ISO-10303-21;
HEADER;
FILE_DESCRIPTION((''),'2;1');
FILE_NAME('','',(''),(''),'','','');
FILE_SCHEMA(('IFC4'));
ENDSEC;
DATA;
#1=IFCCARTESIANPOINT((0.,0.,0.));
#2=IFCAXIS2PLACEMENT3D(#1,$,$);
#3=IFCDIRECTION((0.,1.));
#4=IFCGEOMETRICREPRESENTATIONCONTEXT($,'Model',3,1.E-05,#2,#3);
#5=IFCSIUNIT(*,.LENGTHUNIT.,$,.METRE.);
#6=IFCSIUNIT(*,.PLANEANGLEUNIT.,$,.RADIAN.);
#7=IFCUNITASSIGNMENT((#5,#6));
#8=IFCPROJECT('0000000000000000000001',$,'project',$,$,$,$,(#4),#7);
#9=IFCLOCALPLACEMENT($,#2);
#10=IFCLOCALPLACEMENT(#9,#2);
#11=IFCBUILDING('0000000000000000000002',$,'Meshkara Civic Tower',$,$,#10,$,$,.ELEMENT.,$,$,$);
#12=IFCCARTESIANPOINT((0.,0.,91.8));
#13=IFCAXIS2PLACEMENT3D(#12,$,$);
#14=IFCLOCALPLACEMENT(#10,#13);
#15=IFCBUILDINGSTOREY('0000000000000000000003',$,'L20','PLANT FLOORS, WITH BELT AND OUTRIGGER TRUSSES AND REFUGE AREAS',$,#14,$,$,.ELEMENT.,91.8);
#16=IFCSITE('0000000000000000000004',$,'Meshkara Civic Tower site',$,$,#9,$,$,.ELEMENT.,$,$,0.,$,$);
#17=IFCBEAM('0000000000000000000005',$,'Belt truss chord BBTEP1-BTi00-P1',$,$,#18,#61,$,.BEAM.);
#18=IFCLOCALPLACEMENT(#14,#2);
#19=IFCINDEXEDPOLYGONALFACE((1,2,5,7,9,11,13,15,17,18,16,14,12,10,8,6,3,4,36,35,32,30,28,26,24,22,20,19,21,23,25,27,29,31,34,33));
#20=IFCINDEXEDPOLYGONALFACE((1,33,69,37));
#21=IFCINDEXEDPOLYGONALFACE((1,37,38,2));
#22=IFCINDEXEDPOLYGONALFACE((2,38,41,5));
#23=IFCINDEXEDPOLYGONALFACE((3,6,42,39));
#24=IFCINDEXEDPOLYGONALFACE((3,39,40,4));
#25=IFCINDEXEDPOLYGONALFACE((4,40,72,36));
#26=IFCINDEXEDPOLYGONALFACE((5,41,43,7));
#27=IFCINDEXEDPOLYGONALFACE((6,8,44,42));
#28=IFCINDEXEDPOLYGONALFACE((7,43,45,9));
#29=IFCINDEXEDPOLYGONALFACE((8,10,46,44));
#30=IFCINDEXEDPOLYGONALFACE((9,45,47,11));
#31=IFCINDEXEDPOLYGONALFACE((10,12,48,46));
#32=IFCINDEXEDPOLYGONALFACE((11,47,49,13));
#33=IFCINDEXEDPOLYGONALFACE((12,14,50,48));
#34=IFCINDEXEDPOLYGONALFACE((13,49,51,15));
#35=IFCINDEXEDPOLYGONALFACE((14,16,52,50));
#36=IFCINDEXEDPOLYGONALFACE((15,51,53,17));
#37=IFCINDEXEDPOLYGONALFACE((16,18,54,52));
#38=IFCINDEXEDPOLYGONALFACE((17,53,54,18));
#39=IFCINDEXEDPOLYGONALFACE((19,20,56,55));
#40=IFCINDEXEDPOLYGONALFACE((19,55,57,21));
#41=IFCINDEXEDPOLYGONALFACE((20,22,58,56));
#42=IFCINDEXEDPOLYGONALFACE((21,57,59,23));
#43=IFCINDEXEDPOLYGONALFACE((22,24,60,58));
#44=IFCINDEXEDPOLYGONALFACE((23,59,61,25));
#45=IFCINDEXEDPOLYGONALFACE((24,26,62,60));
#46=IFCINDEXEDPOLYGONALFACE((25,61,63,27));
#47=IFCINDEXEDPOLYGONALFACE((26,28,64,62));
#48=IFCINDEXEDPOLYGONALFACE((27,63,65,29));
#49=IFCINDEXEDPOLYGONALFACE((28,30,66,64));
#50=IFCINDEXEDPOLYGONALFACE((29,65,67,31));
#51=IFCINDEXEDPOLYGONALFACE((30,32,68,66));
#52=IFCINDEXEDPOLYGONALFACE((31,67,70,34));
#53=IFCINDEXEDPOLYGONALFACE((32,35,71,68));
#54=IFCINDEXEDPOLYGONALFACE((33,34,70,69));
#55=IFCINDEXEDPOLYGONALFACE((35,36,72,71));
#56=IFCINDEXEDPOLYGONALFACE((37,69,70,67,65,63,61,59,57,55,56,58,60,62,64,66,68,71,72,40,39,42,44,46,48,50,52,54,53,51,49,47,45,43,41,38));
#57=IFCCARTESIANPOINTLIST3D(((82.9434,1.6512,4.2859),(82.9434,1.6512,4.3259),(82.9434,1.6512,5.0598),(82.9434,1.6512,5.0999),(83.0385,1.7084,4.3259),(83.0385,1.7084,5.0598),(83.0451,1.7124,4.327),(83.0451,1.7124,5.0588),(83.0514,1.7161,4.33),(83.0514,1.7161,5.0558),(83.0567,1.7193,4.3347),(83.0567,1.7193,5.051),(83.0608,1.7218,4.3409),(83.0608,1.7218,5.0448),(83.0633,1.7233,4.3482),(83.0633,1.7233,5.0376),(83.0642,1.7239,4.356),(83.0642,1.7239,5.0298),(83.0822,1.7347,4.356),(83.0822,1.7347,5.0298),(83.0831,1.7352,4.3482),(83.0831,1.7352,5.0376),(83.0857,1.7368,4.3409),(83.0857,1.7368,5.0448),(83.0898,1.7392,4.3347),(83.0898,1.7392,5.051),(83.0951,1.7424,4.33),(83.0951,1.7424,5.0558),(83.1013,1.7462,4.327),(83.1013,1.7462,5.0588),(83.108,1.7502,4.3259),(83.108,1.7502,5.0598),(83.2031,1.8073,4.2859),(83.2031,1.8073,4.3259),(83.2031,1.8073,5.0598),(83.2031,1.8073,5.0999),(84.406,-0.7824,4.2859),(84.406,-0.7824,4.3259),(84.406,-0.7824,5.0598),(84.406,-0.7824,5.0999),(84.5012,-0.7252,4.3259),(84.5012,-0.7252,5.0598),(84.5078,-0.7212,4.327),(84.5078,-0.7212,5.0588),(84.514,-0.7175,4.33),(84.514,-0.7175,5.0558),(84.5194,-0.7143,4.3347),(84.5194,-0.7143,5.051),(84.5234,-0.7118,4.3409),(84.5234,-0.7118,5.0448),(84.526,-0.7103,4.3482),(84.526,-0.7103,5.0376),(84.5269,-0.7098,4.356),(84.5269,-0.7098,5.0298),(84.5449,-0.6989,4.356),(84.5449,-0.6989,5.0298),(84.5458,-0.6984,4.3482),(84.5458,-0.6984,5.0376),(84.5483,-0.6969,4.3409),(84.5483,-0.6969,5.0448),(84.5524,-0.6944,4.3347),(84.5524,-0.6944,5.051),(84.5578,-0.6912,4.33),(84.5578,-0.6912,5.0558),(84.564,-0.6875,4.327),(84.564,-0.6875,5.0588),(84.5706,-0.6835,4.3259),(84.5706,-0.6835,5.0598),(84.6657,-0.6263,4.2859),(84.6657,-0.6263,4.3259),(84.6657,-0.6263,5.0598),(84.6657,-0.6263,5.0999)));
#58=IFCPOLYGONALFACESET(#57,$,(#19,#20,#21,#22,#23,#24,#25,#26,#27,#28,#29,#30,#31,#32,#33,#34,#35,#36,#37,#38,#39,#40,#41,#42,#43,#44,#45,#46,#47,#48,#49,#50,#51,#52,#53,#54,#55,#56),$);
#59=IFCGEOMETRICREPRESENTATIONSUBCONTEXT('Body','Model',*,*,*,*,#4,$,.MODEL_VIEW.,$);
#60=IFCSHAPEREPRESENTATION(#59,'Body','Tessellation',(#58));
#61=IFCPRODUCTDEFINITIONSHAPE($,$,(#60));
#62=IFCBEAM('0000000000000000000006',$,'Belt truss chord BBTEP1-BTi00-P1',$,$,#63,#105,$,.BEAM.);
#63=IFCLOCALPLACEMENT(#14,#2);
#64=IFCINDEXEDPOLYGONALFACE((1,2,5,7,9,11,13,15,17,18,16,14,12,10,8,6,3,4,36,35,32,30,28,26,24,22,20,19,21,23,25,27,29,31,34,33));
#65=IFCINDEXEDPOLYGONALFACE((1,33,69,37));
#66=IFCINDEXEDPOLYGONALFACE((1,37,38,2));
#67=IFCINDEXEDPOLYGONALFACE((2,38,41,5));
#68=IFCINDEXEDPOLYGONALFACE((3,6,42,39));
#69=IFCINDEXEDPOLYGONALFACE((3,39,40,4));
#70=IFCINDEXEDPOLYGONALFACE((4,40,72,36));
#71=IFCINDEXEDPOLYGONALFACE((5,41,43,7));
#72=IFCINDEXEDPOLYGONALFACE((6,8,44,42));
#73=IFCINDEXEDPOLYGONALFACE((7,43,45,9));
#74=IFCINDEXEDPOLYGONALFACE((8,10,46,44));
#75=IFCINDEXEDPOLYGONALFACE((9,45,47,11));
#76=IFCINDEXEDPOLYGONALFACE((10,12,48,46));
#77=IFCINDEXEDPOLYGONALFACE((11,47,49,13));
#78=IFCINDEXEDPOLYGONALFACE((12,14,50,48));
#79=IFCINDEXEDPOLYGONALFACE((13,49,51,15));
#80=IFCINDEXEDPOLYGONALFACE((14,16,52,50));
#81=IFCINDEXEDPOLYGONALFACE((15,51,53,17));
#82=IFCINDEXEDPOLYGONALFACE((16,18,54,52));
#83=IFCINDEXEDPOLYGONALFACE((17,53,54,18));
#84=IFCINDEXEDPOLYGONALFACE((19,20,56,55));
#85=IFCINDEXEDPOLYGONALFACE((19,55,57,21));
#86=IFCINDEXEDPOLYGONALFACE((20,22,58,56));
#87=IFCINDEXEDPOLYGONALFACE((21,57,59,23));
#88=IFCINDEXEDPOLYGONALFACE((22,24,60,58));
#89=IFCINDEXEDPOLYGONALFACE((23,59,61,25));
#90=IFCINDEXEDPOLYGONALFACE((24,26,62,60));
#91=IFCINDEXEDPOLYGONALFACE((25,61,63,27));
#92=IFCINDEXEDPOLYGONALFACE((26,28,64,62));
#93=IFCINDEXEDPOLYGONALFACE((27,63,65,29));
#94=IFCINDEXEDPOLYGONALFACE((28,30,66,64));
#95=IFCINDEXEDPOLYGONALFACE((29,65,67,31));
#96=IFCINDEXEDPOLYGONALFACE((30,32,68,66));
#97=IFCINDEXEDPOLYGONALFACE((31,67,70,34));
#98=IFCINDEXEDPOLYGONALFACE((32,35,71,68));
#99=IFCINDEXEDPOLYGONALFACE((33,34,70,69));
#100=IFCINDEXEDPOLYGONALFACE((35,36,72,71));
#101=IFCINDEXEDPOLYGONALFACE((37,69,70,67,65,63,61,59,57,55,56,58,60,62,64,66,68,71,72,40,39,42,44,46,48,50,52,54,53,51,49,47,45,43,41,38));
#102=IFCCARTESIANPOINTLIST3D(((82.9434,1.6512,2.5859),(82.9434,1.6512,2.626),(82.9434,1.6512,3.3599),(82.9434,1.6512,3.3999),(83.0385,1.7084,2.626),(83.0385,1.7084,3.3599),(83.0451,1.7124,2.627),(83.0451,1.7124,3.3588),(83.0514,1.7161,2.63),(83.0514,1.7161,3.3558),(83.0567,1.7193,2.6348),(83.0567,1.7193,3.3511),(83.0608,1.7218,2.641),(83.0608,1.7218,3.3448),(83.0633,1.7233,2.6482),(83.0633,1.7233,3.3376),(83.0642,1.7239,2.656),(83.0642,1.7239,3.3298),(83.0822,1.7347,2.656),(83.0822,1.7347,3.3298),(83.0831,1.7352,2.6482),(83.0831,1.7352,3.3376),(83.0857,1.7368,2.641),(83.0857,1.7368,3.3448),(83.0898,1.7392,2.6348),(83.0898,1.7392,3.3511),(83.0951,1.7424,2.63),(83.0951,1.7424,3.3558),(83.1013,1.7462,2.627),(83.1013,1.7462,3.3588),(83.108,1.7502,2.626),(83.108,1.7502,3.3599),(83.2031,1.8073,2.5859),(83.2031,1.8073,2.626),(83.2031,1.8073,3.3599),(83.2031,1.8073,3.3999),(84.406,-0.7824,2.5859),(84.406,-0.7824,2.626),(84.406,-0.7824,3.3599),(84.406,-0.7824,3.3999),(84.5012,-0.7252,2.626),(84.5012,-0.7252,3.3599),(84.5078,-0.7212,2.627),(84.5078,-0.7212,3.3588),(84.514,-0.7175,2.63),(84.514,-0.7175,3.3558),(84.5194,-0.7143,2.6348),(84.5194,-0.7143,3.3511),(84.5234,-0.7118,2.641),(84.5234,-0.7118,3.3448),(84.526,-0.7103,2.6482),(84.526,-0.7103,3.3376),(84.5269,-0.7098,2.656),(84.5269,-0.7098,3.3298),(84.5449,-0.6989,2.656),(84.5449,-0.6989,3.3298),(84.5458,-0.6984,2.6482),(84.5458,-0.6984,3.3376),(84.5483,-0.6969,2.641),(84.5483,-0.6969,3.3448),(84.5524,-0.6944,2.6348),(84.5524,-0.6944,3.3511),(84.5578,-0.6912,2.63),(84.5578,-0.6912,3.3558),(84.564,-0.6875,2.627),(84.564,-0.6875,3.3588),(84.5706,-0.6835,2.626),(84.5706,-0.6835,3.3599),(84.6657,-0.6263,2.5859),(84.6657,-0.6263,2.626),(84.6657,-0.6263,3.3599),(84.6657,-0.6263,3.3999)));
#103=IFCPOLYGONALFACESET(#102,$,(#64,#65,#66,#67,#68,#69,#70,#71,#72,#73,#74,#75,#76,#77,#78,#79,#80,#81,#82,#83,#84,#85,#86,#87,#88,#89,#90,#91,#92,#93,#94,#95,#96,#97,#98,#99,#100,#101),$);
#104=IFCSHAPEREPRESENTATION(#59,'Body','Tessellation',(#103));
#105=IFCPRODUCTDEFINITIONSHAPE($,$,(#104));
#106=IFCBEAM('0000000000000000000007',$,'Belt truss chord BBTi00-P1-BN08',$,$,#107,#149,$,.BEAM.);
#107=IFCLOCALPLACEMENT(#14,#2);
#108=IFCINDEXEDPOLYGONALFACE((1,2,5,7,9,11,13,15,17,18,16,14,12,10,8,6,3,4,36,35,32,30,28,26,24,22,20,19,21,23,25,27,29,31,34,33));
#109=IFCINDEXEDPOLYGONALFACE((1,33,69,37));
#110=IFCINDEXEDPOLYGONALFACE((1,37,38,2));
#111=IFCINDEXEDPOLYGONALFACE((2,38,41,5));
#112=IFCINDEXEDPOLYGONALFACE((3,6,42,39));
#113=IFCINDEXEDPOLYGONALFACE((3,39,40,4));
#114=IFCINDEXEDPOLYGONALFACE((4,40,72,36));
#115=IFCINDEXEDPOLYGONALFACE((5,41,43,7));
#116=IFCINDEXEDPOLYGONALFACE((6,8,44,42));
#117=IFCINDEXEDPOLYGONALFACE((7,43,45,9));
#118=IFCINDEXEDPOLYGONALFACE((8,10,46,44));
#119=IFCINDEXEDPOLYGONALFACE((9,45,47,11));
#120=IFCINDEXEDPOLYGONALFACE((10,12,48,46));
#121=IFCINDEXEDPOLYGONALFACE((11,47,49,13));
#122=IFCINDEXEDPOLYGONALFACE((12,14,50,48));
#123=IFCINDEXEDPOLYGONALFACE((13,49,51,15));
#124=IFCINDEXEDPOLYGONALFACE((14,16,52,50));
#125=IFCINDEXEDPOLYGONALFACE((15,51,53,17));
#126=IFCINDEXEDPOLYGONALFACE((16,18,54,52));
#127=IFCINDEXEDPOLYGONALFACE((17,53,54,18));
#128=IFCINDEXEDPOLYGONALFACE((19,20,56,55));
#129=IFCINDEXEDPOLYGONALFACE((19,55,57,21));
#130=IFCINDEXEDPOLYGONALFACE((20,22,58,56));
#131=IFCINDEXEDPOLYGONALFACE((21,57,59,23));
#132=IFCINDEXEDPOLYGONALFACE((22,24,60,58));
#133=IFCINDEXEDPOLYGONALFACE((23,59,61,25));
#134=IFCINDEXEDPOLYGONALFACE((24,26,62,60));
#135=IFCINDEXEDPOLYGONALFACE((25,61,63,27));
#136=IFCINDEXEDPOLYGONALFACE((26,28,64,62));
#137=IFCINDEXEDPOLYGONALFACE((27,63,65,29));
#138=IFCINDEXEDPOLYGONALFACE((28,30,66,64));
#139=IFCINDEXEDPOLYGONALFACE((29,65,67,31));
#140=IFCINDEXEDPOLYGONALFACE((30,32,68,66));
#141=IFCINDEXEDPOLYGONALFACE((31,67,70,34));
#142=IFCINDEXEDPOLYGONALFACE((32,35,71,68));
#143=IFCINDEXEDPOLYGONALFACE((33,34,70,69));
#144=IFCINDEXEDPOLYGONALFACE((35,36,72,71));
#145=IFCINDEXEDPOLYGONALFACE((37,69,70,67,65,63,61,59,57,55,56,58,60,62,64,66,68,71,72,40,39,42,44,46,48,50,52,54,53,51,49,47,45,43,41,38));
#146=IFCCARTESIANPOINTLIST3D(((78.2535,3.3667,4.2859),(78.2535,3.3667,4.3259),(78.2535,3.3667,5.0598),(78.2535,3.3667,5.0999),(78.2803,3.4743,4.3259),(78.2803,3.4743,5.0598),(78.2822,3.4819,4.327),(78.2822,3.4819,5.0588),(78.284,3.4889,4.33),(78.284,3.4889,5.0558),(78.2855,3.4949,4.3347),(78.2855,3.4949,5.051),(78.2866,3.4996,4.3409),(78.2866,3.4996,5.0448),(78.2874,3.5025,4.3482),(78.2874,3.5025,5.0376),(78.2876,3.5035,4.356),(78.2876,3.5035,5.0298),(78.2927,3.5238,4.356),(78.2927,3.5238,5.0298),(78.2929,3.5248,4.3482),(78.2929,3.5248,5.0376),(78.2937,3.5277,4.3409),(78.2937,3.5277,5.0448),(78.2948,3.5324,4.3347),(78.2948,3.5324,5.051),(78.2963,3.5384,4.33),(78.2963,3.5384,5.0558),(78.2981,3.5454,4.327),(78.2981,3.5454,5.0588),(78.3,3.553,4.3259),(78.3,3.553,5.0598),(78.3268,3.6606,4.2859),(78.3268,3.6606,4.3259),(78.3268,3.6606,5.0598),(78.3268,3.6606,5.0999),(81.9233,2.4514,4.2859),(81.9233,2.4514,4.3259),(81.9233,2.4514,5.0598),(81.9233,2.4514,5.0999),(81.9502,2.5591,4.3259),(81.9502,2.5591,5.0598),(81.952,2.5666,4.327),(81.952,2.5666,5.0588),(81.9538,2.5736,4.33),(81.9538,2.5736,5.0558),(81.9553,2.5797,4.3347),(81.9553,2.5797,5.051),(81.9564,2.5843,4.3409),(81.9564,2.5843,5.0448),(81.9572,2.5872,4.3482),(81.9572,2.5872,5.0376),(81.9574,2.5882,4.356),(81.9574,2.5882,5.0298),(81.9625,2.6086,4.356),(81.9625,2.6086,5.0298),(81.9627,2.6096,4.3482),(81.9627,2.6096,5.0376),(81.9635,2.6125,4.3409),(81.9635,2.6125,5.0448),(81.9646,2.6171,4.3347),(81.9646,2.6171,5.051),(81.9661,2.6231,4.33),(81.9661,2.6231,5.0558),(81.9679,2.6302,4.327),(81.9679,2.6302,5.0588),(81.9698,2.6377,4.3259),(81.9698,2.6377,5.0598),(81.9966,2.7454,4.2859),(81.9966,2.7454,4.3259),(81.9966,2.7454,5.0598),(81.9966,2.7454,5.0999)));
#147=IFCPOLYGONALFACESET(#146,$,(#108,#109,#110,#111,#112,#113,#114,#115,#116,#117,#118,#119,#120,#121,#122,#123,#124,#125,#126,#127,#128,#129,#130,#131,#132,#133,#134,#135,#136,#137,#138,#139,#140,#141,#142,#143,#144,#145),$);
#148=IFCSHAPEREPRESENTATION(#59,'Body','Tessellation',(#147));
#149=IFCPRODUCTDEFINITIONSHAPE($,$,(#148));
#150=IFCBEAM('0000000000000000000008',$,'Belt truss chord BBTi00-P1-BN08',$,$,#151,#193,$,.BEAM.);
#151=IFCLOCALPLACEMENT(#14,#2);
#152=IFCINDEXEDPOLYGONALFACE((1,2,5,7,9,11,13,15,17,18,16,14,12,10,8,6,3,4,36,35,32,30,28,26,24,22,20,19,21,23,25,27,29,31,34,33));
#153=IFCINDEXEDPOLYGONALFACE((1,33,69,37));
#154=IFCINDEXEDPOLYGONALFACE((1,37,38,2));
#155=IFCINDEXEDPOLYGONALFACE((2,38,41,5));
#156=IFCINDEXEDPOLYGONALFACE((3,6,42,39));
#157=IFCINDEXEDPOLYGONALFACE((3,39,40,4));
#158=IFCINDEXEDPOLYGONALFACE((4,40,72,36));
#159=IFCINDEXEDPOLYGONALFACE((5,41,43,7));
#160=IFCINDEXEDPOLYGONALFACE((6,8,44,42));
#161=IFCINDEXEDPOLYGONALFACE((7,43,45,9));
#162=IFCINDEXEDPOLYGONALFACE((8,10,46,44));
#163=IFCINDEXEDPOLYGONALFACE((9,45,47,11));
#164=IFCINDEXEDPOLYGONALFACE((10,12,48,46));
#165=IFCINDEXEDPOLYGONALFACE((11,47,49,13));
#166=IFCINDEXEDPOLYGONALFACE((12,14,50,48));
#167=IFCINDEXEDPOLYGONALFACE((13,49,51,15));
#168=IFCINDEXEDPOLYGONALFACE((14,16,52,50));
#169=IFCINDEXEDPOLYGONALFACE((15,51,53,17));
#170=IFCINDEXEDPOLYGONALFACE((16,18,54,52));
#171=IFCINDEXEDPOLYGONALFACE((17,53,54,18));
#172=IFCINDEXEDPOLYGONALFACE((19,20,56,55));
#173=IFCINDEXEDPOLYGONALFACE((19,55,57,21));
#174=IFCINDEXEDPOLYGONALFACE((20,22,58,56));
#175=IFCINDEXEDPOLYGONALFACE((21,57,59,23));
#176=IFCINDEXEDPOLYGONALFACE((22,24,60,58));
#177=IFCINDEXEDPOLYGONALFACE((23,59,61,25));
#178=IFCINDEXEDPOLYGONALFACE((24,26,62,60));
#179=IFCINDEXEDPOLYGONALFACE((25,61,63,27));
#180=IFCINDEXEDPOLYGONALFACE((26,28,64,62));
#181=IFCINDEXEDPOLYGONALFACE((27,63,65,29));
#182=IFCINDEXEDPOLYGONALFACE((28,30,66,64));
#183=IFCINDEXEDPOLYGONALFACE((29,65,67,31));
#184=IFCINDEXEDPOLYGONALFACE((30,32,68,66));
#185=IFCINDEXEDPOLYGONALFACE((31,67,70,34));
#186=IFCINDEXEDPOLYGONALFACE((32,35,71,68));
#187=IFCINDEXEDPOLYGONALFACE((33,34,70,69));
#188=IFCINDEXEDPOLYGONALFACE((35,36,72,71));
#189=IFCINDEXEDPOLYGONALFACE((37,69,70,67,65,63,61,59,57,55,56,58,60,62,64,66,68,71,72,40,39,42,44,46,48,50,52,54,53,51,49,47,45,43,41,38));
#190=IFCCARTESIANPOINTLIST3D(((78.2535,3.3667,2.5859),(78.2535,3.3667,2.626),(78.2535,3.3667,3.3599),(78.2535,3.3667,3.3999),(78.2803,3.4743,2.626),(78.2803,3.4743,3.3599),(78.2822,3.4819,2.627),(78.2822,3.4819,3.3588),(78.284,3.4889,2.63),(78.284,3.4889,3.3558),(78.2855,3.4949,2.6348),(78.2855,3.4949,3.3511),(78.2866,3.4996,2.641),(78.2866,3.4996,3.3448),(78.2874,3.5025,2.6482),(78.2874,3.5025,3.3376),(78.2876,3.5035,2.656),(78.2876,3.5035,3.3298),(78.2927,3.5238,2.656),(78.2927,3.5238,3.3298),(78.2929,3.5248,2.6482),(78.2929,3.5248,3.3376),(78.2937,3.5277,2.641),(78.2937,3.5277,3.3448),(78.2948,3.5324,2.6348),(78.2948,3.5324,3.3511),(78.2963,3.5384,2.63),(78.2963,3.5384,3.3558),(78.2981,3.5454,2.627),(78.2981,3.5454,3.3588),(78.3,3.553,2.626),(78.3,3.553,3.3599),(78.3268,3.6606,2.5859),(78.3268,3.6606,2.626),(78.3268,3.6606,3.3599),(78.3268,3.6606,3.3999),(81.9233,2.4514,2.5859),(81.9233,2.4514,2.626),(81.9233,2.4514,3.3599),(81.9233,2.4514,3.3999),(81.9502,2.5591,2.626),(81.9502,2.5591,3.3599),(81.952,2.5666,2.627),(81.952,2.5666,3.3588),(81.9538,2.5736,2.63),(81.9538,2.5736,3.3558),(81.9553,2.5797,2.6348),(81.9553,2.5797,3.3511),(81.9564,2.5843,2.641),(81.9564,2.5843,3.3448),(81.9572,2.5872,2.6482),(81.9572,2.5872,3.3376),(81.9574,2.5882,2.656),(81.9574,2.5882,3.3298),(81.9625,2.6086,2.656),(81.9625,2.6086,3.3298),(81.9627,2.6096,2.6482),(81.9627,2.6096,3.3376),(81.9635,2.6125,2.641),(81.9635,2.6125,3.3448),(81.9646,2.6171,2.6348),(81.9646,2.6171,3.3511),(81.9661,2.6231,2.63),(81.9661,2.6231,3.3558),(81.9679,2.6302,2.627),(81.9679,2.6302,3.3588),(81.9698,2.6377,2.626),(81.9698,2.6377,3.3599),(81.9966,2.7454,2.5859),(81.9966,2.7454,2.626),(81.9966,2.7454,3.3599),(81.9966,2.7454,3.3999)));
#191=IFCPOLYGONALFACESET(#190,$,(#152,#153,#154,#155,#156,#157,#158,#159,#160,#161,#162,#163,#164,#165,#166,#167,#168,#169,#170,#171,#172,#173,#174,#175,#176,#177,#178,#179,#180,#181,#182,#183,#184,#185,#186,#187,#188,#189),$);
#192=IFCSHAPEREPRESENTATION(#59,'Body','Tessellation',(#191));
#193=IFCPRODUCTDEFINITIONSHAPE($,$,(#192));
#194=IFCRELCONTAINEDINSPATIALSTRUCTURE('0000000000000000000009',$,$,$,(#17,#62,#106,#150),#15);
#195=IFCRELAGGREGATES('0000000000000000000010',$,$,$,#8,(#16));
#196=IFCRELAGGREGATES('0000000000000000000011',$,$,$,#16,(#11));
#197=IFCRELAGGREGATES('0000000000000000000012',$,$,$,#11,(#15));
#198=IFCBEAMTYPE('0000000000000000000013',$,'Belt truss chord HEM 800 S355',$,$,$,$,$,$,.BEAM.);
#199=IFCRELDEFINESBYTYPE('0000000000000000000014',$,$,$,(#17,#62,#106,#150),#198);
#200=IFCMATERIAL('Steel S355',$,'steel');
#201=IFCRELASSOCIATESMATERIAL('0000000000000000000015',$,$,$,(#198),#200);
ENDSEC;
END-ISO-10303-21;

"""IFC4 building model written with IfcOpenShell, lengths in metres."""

from ifc_helpers import new_model, si_unit, direction, frame, origin, origin_2d, place, context, subcontext, project, spatial, i_section, extrude, material, material_profile, profile_set, type_object, element, save


model = new_model("IFC4")

# Units and contexts
model_context = context("Model", 3, precision=1e-05, world=origin(), true_north=direction((0.0, 1.0)))
body_context = subcontext(model_context, "Body", "Model", "MODEL_VIEW")
ifc_project = project(units=[si_unit("LENGTHUNIT", "METRE"), si_unit("PLANEANGLEUNIT", "RADIAN")], contexts=[model_context])

# Site, building, storey
site_placement = place(None, origin())
site = spatial("IfcSite", under=ifc_project, at=site_placement, Name="Meshkara Civic Tower site", CompositionType="ELEMENT", RefElevation=0.0)
building_placement = place(site_placement, origin())
building = spatial("IfcBuilding", under=site, at=building_placement, Name="Meshkara Civic Tower", CompositionType="ELEMENT")
storey_placement = place(building_placement, frame((0.0, 0.0, 91.8)))
storey = spatial("IfcBuildingStorey", under=building, at=storey_placement, Name="L20", Description="PLANT FLOORS, WITH BELT AND OUTRIGGER TRUSSES AND REFUGE AREAS", CompositionType="ELEMENT", Elevation=91.8)

# Beams
ifc_material_1 = material(Name="Steel S355", Category="steel")
ifc_material_profile_1 = material_profile(ifc_material_1, i_section(OverallWidth=0.303, OverallDepth=0.814, WebThickness=0.021, FlangeThickness=0.04, FilletRadius=0.03, at=origin_2d()))
ifc_profile_set_1 = profile_set([ifc_material_profile_1], Name="Steel S355")
beam_type = type_object("IfcBeamType", Name="Belt truss chord HEM 800 S355", PredefinedType="BEAM", material=ifc_profile_set_1)
for number, where, z_axis, x_axis, name in (
    (1, (84.5359, -0.7043, 4.6929), (-0.515141, 0.857106, 0.0), (-0.857106, -0.515141, 0.0), "Belt truss chord BBTEP1-BTi00-P1"),
    (2, (84.5359, -0.7043, 2.9929), (-0.515141, 0.857106, 0.0), (-0.857106, -0.515141, 0.0), "Belt truss chord BBTEP1-BTi00-P1"),
):
    element("IfcBeam", number, at=place(storey_placement, frame(where, z_axis=z_axis, x_axis=x_axis)), inside=storey, type_object=beam_type, Name=name, PredefinedType="BEAM", context=body_context, shape_type="SweptSolid", body=[
        extrude(i_section(OverallWidth=0.303, OverallDepth=0.814, WebThickness=0.021, FlangeThickness=0.04, FilletRadius=0.03, at=origin_2d()), origin(), (0.0, 0.0, 1.0), 2.8394),
    ])
for number, where, z_axis, x_axis, name in (
    (3, (81.96, 2.5984, 4.6929), (-0.970279, 0.241989, 0.0), (-0.241989, -0.970279, 0.0), "Belt truss chord BBTi00-P1-BN08"),
    (4, (81.96, 2.5984, 2.9929), (-0.970279, 0.241989, 0.0), (-0.241989, -0.970279, 0.0), "Belt truss chord BBTi00-P1-BN08"),
):
    element("IfcBeam", number, at=place(storey_placement, frame(where, z_axis=z_axis, x_axis=x_axis)), inside=storey, type_object=beam_type, Name=name, PredefinedType="BEAM", context=body_context, shape_type="SweptSolid", body=[
        extrude(i_section(OverallWidth=0.303, OverallDepth=0.814, WebThickness=0.021, FlangeThickness=0.04, FilletRadius=0.03, at=origin_2d()), origin(), (0.0, 0.0, 1.0), 3.7822),
    ])

save(model, "model.ifc")
